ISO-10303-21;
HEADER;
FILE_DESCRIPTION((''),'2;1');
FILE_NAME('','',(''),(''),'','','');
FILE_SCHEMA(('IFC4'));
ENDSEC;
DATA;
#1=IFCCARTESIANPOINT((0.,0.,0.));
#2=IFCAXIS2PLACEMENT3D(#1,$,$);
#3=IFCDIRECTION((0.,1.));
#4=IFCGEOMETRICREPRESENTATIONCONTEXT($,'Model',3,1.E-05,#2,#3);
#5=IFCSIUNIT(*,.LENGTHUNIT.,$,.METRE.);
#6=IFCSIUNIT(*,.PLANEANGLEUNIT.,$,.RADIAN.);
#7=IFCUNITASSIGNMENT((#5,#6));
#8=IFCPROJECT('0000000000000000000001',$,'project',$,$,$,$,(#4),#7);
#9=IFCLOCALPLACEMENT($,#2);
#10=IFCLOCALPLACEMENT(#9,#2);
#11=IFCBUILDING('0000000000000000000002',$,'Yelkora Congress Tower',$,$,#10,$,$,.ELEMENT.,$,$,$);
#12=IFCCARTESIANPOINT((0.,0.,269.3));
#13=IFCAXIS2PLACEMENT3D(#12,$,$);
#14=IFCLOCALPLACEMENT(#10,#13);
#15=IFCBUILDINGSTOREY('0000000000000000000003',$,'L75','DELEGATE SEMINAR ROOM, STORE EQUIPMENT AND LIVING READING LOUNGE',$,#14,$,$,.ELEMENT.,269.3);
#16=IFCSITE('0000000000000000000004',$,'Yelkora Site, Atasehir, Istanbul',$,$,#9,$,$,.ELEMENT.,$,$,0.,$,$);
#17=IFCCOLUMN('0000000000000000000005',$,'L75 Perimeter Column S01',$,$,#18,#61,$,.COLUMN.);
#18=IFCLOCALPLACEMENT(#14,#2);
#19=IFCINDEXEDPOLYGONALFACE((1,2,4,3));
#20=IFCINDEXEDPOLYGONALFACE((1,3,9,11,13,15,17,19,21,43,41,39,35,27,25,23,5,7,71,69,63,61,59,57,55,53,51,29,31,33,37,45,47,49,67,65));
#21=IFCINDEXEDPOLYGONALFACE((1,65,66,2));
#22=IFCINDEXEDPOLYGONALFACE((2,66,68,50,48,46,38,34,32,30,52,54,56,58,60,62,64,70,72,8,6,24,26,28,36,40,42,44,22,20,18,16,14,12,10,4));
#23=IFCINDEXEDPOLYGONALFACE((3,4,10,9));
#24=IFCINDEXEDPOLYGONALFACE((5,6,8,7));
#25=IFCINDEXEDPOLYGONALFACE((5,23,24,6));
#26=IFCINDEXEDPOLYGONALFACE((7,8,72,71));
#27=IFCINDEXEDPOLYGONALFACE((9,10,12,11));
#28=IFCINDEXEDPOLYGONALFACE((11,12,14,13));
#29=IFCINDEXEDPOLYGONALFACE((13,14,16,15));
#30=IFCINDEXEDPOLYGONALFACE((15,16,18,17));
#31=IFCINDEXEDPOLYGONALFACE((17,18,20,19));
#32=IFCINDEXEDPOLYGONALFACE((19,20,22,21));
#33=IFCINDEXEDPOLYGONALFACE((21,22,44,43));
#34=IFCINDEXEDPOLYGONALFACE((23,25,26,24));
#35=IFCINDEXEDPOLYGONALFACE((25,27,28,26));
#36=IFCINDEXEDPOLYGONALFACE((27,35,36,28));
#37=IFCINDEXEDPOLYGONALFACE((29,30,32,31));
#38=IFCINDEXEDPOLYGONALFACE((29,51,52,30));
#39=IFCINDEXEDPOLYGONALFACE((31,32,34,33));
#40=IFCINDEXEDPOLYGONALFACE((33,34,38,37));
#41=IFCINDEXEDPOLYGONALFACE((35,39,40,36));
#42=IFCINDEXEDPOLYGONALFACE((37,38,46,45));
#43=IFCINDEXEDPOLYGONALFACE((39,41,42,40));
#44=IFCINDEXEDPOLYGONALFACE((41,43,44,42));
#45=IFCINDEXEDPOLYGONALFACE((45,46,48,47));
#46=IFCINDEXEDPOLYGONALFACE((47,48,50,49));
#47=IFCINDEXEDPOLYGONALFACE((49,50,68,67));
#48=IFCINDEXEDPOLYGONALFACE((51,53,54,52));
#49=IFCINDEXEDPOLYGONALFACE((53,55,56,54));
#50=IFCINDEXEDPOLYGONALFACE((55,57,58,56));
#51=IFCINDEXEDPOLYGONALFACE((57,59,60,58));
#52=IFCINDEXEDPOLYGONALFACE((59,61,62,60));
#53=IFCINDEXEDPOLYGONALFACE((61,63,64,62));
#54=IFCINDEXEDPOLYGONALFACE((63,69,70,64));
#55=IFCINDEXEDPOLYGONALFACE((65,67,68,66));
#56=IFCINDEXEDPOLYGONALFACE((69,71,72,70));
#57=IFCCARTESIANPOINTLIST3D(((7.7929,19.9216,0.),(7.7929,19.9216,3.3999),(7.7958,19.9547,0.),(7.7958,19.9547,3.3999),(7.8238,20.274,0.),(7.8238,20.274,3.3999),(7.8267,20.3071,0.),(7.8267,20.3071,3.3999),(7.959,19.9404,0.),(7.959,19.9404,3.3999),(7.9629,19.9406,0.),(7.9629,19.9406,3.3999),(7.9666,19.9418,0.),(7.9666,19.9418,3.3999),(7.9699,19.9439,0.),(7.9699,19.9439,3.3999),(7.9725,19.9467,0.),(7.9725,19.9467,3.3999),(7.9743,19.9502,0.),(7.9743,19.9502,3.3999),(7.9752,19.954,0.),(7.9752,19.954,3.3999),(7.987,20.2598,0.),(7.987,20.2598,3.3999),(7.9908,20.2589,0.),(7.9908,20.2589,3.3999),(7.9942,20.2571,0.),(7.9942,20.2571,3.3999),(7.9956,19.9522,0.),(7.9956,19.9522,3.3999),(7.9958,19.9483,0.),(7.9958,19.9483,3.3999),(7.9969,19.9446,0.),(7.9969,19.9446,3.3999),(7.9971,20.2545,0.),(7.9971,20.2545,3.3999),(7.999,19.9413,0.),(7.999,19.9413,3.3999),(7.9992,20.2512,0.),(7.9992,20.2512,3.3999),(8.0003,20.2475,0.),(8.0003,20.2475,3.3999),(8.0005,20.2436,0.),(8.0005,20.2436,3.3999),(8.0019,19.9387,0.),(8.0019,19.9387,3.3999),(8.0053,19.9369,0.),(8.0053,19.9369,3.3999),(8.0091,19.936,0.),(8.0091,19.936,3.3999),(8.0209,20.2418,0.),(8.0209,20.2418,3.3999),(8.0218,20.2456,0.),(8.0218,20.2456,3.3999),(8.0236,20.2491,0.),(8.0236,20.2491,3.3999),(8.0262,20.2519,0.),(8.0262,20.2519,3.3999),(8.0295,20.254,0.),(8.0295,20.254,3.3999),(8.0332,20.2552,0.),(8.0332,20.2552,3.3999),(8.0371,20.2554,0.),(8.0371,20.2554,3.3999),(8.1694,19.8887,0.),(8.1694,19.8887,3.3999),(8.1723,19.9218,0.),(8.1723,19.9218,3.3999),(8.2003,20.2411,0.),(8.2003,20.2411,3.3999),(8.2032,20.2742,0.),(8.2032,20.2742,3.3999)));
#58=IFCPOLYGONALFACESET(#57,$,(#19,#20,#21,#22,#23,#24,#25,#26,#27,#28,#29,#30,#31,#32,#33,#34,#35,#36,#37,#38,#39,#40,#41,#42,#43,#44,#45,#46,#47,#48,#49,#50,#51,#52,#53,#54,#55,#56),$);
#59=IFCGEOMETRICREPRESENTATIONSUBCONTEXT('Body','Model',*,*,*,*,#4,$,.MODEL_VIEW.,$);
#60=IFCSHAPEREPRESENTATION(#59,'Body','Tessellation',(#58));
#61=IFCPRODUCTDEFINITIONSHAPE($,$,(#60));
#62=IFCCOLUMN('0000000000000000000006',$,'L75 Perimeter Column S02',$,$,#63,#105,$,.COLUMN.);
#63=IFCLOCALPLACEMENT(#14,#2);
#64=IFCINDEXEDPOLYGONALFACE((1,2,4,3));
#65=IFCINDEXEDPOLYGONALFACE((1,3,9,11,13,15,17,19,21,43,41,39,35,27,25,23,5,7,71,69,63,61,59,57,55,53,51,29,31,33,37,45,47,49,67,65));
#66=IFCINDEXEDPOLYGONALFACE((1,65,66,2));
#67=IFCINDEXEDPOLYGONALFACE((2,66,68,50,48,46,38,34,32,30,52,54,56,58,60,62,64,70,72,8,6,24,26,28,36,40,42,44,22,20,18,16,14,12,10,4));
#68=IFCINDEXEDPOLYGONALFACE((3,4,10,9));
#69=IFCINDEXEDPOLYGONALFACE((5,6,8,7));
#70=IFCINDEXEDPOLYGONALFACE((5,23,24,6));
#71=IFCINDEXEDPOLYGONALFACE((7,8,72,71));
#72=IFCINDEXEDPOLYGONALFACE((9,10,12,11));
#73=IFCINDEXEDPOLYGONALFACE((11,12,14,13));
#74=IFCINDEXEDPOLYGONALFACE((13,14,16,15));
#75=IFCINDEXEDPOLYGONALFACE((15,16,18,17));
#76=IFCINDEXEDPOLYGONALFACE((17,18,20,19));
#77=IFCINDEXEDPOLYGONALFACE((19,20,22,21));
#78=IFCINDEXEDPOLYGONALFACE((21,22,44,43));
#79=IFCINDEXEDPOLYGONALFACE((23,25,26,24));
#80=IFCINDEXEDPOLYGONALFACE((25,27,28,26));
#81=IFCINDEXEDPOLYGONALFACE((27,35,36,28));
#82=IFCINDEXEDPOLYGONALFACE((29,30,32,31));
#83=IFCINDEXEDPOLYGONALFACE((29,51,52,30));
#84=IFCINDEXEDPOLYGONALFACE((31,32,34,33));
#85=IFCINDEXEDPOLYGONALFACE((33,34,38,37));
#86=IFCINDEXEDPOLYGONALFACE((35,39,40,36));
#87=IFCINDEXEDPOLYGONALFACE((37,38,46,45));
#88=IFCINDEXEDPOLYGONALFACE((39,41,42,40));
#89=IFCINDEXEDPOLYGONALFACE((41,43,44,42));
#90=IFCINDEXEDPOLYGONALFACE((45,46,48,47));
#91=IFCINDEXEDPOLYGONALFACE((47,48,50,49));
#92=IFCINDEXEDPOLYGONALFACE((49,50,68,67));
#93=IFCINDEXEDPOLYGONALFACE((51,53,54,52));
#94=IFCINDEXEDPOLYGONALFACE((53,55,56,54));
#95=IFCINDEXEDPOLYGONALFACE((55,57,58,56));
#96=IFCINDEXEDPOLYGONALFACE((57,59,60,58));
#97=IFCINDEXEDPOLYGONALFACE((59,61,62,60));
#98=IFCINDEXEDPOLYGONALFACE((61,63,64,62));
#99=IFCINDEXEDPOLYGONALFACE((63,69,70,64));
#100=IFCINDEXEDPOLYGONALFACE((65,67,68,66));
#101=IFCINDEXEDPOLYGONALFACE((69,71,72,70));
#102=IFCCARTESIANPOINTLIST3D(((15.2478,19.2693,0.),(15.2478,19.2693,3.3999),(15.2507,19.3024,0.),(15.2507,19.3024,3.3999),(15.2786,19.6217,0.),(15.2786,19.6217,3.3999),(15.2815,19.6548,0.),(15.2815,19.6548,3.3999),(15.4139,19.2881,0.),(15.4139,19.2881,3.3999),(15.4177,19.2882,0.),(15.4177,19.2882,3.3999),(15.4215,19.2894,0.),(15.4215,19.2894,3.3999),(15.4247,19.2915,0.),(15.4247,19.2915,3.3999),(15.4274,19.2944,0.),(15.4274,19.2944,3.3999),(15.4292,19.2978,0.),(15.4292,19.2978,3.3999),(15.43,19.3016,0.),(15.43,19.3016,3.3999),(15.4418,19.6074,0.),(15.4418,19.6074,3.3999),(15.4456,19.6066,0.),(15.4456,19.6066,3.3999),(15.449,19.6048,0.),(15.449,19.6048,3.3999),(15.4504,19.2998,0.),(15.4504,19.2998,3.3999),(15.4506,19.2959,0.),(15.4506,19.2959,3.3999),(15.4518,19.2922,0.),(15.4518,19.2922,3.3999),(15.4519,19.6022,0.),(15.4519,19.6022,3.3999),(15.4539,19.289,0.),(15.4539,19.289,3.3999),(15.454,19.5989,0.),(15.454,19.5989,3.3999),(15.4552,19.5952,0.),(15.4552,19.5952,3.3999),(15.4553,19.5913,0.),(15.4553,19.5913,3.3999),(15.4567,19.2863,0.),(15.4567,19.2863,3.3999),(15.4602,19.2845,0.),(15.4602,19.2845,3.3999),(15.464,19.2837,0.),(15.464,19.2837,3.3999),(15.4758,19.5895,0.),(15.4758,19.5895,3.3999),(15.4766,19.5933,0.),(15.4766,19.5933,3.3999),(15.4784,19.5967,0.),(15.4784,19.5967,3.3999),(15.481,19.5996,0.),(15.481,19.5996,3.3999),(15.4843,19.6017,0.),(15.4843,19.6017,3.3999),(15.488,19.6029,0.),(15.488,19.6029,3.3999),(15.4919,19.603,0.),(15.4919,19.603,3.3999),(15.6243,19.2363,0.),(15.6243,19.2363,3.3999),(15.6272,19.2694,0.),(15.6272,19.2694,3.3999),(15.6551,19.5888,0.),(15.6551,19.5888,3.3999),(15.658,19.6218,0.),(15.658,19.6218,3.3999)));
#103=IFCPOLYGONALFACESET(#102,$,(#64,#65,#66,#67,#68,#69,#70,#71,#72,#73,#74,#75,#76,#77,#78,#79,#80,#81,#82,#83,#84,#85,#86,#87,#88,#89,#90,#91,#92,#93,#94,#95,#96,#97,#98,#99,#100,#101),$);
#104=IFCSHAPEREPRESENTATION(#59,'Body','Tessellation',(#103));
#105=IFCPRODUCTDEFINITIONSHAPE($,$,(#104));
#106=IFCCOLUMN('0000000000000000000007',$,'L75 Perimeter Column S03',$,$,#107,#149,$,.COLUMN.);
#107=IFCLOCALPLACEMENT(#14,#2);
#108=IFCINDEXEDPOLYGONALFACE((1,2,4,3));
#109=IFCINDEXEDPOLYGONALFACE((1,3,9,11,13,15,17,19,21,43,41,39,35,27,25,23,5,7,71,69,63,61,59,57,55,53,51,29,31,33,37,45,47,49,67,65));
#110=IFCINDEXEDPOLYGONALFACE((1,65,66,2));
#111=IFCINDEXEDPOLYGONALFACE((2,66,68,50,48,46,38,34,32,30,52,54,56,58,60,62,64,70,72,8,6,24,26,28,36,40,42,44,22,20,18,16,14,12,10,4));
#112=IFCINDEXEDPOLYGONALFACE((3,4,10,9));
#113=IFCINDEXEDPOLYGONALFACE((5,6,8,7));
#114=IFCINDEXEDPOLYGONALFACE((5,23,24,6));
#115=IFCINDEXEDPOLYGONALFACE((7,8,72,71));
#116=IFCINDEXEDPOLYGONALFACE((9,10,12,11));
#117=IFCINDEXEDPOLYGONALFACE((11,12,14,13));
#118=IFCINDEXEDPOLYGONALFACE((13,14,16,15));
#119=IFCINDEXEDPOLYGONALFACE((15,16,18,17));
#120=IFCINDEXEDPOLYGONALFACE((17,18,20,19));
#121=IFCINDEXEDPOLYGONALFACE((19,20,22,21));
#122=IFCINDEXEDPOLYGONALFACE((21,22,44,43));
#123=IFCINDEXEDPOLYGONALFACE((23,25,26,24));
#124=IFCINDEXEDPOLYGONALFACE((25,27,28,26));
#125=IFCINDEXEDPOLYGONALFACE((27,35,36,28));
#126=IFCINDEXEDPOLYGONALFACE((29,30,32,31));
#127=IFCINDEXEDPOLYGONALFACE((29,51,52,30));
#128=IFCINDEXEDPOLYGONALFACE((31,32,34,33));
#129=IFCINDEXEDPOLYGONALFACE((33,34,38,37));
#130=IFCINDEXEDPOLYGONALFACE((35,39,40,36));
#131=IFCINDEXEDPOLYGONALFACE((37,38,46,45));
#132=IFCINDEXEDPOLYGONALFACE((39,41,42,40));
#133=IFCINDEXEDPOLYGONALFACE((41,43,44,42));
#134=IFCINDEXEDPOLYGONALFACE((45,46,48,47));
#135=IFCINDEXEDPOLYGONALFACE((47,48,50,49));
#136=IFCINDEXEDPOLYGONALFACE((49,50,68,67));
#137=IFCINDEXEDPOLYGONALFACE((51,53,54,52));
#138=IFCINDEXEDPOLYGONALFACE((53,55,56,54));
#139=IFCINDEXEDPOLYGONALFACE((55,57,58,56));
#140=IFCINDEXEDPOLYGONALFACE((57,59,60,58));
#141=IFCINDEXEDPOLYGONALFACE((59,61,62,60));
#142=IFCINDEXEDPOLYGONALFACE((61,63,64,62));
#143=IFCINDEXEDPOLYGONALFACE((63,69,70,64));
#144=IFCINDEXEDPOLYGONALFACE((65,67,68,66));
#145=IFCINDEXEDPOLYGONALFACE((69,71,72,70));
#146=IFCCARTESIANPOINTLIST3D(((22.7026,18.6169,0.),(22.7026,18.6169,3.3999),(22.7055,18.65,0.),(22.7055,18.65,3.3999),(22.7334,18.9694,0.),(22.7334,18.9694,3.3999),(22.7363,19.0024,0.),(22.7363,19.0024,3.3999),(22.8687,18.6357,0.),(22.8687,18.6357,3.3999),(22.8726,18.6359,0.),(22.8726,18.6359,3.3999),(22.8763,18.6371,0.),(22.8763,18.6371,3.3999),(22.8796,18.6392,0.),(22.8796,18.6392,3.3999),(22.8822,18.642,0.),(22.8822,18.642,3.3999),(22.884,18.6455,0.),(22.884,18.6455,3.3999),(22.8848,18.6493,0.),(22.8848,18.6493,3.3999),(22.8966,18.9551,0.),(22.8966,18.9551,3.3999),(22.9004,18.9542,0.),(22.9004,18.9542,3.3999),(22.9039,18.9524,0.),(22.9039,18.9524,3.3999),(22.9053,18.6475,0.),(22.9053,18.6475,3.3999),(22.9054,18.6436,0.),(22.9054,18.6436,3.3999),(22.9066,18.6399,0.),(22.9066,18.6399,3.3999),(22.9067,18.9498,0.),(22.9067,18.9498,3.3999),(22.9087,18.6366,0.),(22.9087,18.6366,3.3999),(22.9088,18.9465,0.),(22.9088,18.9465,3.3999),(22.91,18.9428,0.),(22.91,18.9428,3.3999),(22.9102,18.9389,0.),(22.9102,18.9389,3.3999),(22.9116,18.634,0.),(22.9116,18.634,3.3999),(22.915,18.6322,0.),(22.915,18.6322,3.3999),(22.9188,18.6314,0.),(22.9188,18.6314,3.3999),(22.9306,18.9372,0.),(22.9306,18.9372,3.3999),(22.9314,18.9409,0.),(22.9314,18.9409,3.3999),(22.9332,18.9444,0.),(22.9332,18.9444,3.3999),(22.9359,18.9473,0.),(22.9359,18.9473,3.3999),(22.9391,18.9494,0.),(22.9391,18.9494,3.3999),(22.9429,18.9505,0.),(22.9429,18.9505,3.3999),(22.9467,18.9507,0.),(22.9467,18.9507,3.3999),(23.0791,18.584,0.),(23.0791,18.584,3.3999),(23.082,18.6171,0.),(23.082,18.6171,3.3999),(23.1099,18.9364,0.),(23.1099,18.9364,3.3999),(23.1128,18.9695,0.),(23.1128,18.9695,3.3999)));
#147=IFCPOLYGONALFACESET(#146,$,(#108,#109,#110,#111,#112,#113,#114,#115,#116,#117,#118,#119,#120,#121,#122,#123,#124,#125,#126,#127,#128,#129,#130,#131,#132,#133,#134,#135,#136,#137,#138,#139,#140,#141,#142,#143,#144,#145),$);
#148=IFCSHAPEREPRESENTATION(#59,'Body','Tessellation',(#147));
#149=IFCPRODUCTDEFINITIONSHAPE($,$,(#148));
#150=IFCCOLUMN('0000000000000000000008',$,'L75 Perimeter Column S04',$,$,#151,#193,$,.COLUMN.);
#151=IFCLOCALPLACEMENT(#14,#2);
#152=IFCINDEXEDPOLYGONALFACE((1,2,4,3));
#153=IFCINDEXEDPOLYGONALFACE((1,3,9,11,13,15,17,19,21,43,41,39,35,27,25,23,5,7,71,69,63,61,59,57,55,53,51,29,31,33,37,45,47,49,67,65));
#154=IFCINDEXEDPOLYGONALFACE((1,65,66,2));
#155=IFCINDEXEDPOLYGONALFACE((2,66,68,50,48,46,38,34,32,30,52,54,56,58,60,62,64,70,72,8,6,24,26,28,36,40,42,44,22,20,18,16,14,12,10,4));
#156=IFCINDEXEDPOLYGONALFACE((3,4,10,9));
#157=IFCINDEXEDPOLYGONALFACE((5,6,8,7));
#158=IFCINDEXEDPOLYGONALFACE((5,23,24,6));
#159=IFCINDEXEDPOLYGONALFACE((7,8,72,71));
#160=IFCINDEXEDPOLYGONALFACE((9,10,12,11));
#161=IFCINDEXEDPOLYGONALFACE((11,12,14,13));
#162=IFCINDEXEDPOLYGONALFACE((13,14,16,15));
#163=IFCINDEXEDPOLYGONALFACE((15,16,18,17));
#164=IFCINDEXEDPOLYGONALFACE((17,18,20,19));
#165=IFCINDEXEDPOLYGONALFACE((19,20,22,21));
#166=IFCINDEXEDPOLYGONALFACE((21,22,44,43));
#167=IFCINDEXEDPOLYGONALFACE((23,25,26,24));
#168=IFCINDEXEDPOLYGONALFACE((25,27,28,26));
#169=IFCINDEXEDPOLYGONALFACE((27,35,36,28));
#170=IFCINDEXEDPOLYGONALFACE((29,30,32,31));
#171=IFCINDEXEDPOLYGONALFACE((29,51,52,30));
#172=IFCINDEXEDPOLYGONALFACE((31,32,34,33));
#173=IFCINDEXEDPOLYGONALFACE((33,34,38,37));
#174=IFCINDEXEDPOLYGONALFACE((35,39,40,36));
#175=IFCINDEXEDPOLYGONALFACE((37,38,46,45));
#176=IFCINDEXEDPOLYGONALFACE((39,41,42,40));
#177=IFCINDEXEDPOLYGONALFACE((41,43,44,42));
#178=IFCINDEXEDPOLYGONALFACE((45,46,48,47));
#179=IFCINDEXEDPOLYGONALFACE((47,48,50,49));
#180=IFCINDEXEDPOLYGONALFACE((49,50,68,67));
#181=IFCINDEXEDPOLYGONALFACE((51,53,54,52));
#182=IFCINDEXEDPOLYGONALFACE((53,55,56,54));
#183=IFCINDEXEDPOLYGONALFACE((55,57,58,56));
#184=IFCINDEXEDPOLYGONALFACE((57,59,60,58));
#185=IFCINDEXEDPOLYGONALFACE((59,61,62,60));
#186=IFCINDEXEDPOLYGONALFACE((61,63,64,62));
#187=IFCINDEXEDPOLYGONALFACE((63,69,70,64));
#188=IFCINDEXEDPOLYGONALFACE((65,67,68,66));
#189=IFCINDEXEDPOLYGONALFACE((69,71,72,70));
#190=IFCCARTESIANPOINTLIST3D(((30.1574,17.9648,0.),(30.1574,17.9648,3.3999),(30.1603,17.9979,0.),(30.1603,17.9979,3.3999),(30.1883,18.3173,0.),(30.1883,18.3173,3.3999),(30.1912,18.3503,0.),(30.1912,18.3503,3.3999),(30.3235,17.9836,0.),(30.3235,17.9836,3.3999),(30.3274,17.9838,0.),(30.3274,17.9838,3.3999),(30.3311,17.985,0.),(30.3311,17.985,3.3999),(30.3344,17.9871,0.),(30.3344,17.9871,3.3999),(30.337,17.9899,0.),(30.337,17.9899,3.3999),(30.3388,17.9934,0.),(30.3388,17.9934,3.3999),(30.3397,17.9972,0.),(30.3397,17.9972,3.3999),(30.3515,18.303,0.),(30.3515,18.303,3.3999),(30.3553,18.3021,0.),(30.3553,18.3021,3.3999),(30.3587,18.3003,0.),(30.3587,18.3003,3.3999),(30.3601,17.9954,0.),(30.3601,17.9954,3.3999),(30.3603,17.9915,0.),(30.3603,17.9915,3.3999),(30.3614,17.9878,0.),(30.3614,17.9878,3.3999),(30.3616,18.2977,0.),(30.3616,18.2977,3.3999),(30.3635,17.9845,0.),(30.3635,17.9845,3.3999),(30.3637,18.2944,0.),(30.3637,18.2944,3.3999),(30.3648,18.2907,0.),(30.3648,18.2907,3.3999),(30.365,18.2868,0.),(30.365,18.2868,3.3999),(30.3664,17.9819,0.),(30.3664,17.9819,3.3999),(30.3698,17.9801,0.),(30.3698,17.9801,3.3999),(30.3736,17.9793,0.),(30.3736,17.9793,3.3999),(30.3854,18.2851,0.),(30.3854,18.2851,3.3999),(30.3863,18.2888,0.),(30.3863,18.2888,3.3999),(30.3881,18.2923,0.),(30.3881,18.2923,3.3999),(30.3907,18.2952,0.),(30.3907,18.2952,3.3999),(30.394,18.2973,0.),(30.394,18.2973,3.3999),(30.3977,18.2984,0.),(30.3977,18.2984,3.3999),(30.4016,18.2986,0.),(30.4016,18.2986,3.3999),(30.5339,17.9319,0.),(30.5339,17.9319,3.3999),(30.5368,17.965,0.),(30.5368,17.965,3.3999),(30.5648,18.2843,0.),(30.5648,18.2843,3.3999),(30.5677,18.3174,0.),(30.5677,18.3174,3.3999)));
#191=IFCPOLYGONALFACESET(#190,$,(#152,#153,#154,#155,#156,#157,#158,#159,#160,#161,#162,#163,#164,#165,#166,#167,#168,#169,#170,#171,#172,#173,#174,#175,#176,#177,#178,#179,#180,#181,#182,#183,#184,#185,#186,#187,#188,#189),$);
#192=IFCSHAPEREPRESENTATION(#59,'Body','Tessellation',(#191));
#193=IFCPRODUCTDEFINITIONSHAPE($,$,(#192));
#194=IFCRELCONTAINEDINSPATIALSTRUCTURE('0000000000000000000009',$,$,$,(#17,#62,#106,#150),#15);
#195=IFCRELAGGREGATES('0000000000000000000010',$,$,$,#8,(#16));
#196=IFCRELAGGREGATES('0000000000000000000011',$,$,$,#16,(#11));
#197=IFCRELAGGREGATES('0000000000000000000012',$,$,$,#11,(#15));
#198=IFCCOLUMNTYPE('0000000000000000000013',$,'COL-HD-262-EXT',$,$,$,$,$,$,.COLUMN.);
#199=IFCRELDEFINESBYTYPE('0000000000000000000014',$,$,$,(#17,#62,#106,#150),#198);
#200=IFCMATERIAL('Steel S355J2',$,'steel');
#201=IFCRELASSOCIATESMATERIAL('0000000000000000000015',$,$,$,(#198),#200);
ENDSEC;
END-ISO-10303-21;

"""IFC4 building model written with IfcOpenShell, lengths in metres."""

from ifc_helpers import new_model, si_unit, direction, frame, origin, origin_2d, place, context, subcontext, project, spatial, i_section, extrude, material, material_profile, profile_set, type_object, element, save


model = new_model("IFC4")

# Units and contexts
model_context = context("Model", 3, precision=1e-05, world=origin(), true_north=direction((0.0, 1.0)))
body_context = subcontext(model_context, "Body", "Model", "MODEL_VIEW")
ifc_project = project(units=[si_unit("LENGTHUNIT", "METRE"), si_unit("PLANEANGLEUNIT", "RADIAN")], contexts=[model_context])

# Site, building, storey
site_placement = place(None, origin())
site = spatial("IfcSite", under=ifc_project, at=site_placement, Name="Yelkora Site, Atasehir, Istanbul", CompositionType="ELEMENT", RefElevation=0.0)
building_placement = place(site_placement, origin())
building = spatial("IfcBuilding", under=site, at=building_placement, Name="Yelkora Congress Tower", CompositionType="ELEMENT")
storey_placement = place(building_placement, frame((0.0, 0.0, 269.3)))
storey = spatial("IfcBuildingStorey", under=building, at=storey_placement, Name="L75", Description="DELEGATE SEMINAR ROOM, STORE EQUIPMENT AND LIVING READING LOUNGE", CompositionType="ELEMENT", Elevation=269.3)

# Columns
ifc_material_1 = material(Name="Steel S355J2", Category="steel")
ifc_material_profile_1 = material_profile(ifc_material_1, i_section(OverallWidth=0.3779, OverallDepth=0.387, WebThickness=0.0205, FlangeThickness=0.0332, FilletRadius=0.0149, at=origin_2d()), Name="HD 360x262")
ifc_profile_set_1 = profile_set([ifc_material_profile_1], Name="Steel S355J2")
column_type = type_object("IfcColumnType", Name="COL-HD-262-EXT", PredefinedType="COLUMN", material=ifc_profile_set_1)
for number, where, z_axis, x_axis, name in (
    (1, (7.998, 20.0979, 0.0), (0.0, 0.0, 1.0), (0.996195, -0.087156, 0.0), "L75 Perimeter Column S01"),
    (2, (15.4529, 19.4456, 0.0), (0.0, 0.0, 1.0), (0.996195, -0.087156, 0.0), "L75 Perimeter Column S02"),
    (3, (22.9077, 18.7932, 0.0), (0.0, 0.0, 1.0), (0.996195, -0.087156, 0.0), "L75 Perimeter Column S03"),
    (4, (30.3625, 18.1411, 0.0), (0.0, 0.0, 1.0), (0.996195, -0.087156, 0.0), "L75 Perimeter Column S04"),
):
    element("IfcColumn", number, at=place(storey_placement, frame(where, z_axis=z_axis, x_axis=x_axis)), inside=storey, type_object=column_type, Name=name, PredefinedType="COLUMN", context=body_context, shape_type="SweptSolid", body=[
        extrude(i_section(OverallWidth=0.3779, OverallDepth=0.387, WebThickness=0.0205, FlangeThickness=0.0332, FilletRadius=0.0149, at=origin_2d()), origin(), (0.0, 0.0, 1.0), 3.3999),
    ])

save(model, "model.ifc")
